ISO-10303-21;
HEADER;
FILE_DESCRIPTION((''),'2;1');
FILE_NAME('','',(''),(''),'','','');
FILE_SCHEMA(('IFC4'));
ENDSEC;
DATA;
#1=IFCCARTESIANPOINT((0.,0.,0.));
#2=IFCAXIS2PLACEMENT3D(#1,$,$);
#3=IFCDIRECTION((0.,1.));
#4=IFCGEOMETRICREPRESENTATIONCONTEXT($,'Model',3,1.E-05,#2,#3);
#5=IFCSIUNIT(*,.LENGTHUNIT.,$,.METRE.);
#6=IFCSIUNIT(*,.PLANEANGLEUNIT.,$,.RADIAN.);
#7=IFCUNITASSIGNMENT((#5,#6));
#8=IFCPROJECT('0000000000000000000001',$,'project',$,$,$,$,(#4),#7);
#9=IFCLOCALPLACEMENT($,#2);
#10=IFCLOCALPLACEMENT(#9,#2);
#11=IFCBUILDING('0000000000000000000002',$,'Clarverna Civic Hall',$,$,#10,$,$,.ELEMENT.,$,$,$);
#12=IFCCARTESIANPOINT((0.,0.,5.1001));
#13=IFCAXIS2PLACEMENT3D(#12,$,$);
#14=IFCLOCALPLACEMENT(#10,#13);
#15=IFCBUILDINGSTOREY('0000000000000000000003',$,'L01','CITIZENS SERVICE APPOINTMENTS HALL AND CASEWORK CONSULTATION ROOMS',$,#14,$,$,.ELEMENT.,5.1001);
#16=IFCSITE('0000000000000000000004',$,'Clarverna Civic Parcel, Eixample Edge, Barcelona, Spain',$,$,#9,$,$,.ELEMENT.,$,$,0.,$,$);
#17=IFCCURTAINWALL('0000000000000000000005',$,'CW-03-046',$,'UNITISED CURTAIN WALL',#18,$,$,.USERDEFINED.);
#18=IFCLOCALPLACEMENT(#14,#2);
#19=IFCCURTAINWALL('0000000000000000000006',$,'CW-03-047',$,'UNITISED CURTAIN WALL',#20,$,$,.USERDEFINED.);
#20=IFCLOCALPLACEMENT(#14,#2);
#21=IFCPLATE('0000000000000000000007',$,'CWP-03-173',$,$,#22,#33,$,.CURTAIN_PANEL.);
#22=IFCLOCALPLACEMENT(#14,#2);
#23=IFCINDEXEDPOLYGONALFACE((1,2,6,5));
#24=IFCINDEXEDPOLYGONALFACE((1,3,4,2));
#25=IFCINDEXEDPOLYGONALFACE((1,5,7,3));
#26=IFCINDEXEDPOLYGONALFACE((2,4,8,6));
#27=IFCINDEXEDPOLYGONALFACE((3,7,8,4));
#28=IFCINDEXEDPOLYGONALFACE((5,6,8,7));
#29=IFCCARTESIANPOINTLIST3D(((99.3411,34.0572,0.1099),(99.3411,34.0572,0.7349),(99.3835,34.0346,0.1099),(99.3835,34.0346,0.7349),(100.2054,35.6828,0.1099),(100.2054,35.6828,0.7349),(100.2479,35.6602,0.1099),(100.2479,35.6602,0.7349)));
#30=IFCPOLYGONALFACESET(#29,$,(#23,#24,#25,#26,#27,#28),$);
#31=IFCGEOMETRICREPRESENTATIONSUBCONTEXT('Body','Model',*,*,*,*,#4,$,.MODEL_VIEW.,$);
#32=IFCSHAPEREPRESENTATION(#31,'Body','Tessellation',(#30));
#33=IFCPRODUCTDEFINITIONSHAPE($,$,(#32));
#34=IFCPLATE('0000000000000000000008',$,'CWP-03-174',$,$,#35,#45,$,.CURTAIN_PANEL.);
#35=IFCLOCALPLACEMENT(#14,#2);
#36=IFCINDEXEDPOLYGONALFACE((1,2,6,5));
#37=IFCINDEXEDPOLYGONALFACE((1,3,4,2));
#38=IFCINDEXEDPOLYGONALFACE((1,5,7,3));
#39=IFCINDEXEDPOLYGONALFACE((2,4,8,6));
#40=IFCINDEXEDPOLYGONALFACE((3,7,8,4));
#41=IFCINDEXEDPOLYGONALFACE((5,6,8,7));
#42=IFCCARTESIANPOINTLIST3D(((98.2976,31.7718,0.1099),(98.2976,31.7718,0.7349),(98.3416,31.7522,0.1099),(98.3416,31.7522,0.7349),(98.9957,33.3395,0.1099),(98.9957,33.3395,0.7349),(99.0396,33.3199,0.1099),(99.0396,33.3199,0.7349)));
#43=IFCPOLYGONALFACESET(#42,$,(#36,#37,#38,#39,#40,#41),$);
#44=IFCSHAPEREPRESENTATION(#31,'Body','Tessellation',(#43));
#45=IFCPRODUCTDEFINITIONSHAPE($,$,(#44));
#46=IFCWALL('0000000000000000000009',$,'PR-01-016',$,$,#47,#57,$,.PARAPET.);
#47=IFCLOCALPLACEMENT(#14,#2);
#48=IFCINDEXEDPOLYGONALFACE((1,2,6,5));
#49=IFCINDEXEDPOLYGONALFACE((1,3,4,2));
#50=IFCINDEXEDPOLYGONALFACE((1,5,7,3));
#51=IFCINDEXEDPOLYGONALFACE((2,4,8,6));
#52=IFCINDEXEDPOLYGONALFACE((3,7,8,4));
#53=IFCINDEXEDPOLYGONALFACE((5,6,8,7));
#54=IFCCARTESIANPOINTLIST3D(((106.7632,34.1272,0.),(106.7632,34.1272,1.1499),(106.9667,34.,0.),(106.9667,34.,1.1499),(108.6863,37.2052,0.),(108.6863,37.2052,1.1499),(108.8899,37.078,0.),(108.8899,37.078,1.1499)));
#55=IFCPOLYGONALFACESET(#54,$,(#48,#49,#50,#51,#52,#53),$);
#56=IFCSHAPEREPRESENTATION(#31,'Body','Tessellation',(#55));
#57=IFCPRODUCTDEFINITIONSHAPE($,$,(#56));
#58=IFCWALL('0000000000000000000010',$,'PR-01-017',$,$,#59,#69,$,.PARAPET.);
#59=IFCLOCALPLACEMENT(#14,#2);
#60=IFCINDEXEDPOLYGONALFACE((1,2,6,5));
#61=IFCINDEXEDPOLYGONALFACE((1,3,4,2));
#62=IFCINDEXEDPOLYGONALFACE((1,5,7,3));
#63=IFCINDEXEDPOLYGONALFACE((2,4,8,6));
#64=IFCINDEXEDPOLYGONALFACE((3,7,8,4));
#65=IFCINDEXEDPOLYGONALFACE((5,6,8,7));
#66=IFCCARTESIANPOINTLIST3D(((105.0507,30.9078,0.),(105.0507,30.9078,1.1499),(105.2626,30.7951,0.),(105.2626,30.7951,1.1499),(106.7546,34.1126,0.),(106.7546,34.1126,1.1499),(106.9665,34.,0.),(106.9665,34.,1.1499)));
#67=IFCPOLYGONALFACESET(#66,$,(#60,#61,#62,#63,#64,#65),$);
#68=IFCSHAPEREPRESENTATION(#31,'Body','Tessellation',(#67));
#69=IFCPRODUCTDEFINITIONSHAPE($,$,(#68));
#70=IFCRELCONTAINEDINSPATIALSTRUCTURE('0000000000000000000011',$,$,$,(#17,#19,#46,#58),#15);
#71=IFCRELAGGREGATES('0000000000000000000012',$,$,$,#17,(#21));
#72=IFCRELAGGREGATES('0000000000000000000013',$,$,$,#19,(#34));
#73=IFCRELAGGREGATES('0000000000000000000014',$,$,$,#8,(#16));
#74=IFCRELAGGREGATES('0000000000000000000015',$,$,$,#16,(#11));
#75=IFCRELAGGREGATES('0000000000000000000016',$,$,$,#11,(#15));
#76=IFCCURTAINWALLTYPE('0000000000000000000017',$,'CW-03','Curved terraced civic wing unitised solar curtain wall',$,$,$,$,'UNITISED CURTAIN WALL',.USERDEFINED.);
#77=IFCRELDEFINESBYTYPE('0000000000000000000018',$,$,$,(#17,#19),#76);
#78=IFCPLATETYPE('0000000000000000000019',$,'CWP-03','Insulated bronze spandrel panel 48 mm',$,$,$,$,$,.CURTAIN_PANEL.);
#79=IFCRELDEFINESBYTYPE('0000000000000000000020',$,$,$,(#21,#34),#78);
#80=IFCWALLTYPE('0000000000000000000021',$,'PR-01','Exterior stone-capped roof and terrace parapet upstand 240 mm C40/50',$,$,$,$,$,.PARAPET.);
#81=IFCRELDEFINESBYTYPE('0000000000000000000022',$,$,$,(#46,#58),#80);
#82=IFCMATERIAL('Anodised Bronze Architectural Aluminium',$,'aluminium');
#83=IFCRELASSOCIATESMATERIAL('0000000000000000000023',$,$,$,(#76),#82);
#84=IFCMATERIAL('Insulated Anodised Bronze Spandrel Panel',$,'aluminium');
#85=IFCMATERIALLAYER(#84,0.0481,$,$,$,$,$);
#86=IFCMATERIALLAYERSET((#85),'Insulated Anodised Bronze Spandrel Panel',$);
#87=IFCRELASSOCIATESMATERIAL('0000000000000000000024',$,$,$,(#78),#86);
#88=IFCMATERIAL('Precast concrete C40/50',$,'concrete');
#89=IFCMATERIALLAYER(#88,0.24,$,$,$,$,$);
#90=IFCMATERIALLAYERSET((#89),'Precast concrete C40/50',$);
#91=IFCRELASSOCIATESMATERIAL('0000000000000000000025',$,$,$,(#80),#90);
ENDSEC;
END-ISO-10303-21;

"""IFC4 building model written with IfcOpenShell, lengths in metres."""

from ifc_helpers import new_model, si_unit, direction, frame, frame_2d, origin, place, context, subcontext, project, spatial, rectangle, extrude, material, layer, layer_set, type_object, element, aggregate, save


model = new_model("IFC4")

# Units and contexts
model_context = context("Model", 3, precision=1e-05, world=origin(), true_north=direction((0.0, 1.0)))
body_context = subcontext(model_context, "Body", "Model", "MODEL_VIEW")
ifc_project = project(units=[si_unit("LENGTHUNIT", "METRE"), si_unit("PLANEANGLEUNIT", "RADIAN")], contexts=[model_context])

# Site, building, storey
site_placement = place(None, origin())
site = spatial("IfcSite", under=ifc_project, at=site_placement, Name="Clarverna Civic Parcel, Eixample Edge, Barcelona, Spain", CompositionType="ELEMENT", RefElevation=0.0)
building_placement = place(site_placement, origin())
building = spatial("IfcBuilding", under=site, at=building_placement, Name="Clarverna Civic Hall", CompositionType="ELEMENT")
storey_placement = place(building_placement, frame((0.0, 0.0, 5.1001)))
storey = spatial("IfcBuildingStorey", under=building, at=storey_placement, Name="L01", Description="CITIZENS SERVICE APPOINTMENTS HALL AND CASEWORK CONSULTATION ROOMS", CompositionType="ELEMENT", Elevation=5.1001)

# Curtain wall
ifc_material_1 = material(Name="Anodised Bronze Architectural Aluminium", Category="aluminium")
curtain_wall_type = type_object("IfcCurtainWallType", Name="CW-03", Description="Curved terraced civic wing unitised solar curtain wall", ElementType="UNITISED CURTAIN WALL", PredefinedType="USERDEFINED", material=ifc_material_1)
curtain_wall_1_placement = place(storey_placement, origin())
curtain_wall_1 = element("IfcCurtainWall", 1, at=curtain_wall_1_placement, inside=storey, type_object=curtain_wall_type, Name="CW-03-046", ObjectType="UNITISED CURTAIN WALL", PredefinedType="USERDEFINED")

# Curtain wall
curtain_wall_2_placement = place(storey_placement, origin())
curtain_wall_2 = element("IfcCurtainWall", 2, at=curtain_wall_2_placement, inside=storey, type_object=curtain_wall_type, Name="CW-03-047", ObjectType="UNITISED CURTAIN WALL", PredefinedType="USERDEFINED")

# Plates
ifc_material_2 = material(Name="Insulated Anodised Bronze Spandrel Panel", Category="aluminium")
ifc_layer_1 = layer(ifc_material_2, 0.0481)
ifc_layer_set_1 = layer_set([ifc_layer_1], Name="Insulated Anodised Bronze Spandrel Panel")
plate_type_1 = type_object("IfcPlateType", Name="CWP-03", Description="Insulated bronze spandrel panel 48 mm", PredefinedType="CURTAIN_PANEL", material=ifc_layer_set_1)
plate_1_placement = place(storey_placement, frame((100.2266, 35.6714, 0.1099), z_axis=(0.0, 0.0, 1.0), x_axis=(-0.469459, -0.882954, 0.0)))
plate_1 = element("IfcPlate", 3, at=plate_1_placement, type_object=plate_type_1, Name="CWP-03-173", PredefinedType="CURTAIN_PANEL", context=body_context, shape_type="SweptSolid", body=[
    extrude(rectangle(XDim=1.8411, YDim=0.0481, at=frame_2d((0.9204, 0.0))), origin(), (0.0, 0.0, 1.0), 0.625),
])
aggregate(curtain_wall_1, [plate_1])
plate_2_placement = place(storey_placement, frame((99.0176, 33.3296, 0.1099), z_axis=(0.0, 0.0, 1.0), x_axis=(-0.406759, -0.913536, 0.0)))
plate_2 = element("IfcPlate", 4, at=plate_2_placement, type_object=plate_type_1, Name="CWP-03-174", PredefinedType="CURTAIN_PANEL", context=body_context, shape_type="SweptSolid", body=[
    extrude(rectangle(XDim=1.7161, YDim=0.0481, at=frame_2d((0.8579, 0.0))), origin(), (0.0, 0.0, 1.0), 0.625),
])
aggregate(curtain_wall_2, [plate_2])

# Walls
ifc_material_3 = material(Name="Precast concrete C40/50", Category="concrete")
ifc_layer_2 = layer(ifc_material_3, 0.24)
ifc_layer_set_2 = layer_set([ifc_layer_2], Name="Precast concrete C40/50")
wall_type = type_object("IfcWallType", Name="PR-01", Description="Exterior stone-capped roof and terrace parapet upstand 240 mm C40/50", PredefinedType="PARAPET", material=ifc_layer_set_2)
wall_1_placement = place(storey_placement, frame((108.7881, 37.1416, 0.0), z_axis=(0.0, 0.0, 1.0), x_axis=(-0.529884, -0.84807, 0.0)))
element("IfcWall", 5, at=wall_1_placement, inside=storey, type_object=wall_type, Name="PR-01-016", PredefinedType="PARAPET", context=body_context, shape_type="SweptSolid", body=[
    extrude(rectangle(XDim=3.6294, YDim=0.24, at=frame_2d((1.8147, 0.0))), origin(), (0.0, 0.0, 1.0), 1.1499),
])
wall_2_placement = place(storey_placement, frame((106.8606, 34.0564, 0.0), z_axis=(0.0, 0.0, 1.0), x_axis=(-0.469432, -0.882968, 0.0)))
element("IfcWall", 6, at=wall_2_placement, inside=storey, type_object=wall_type, Name="PR-01-017", PredefinedType="PARAPET", context=body_context, shape_type="SweptSolid", body=[
    extrude(rectangle(XDim=3.6296, YDim=0.24, at=frame_2d((1.8149, 0.0))), origin(), (0.0, 0.0, 1.0), 1.1499),
])

save(model, "model.ifc")
